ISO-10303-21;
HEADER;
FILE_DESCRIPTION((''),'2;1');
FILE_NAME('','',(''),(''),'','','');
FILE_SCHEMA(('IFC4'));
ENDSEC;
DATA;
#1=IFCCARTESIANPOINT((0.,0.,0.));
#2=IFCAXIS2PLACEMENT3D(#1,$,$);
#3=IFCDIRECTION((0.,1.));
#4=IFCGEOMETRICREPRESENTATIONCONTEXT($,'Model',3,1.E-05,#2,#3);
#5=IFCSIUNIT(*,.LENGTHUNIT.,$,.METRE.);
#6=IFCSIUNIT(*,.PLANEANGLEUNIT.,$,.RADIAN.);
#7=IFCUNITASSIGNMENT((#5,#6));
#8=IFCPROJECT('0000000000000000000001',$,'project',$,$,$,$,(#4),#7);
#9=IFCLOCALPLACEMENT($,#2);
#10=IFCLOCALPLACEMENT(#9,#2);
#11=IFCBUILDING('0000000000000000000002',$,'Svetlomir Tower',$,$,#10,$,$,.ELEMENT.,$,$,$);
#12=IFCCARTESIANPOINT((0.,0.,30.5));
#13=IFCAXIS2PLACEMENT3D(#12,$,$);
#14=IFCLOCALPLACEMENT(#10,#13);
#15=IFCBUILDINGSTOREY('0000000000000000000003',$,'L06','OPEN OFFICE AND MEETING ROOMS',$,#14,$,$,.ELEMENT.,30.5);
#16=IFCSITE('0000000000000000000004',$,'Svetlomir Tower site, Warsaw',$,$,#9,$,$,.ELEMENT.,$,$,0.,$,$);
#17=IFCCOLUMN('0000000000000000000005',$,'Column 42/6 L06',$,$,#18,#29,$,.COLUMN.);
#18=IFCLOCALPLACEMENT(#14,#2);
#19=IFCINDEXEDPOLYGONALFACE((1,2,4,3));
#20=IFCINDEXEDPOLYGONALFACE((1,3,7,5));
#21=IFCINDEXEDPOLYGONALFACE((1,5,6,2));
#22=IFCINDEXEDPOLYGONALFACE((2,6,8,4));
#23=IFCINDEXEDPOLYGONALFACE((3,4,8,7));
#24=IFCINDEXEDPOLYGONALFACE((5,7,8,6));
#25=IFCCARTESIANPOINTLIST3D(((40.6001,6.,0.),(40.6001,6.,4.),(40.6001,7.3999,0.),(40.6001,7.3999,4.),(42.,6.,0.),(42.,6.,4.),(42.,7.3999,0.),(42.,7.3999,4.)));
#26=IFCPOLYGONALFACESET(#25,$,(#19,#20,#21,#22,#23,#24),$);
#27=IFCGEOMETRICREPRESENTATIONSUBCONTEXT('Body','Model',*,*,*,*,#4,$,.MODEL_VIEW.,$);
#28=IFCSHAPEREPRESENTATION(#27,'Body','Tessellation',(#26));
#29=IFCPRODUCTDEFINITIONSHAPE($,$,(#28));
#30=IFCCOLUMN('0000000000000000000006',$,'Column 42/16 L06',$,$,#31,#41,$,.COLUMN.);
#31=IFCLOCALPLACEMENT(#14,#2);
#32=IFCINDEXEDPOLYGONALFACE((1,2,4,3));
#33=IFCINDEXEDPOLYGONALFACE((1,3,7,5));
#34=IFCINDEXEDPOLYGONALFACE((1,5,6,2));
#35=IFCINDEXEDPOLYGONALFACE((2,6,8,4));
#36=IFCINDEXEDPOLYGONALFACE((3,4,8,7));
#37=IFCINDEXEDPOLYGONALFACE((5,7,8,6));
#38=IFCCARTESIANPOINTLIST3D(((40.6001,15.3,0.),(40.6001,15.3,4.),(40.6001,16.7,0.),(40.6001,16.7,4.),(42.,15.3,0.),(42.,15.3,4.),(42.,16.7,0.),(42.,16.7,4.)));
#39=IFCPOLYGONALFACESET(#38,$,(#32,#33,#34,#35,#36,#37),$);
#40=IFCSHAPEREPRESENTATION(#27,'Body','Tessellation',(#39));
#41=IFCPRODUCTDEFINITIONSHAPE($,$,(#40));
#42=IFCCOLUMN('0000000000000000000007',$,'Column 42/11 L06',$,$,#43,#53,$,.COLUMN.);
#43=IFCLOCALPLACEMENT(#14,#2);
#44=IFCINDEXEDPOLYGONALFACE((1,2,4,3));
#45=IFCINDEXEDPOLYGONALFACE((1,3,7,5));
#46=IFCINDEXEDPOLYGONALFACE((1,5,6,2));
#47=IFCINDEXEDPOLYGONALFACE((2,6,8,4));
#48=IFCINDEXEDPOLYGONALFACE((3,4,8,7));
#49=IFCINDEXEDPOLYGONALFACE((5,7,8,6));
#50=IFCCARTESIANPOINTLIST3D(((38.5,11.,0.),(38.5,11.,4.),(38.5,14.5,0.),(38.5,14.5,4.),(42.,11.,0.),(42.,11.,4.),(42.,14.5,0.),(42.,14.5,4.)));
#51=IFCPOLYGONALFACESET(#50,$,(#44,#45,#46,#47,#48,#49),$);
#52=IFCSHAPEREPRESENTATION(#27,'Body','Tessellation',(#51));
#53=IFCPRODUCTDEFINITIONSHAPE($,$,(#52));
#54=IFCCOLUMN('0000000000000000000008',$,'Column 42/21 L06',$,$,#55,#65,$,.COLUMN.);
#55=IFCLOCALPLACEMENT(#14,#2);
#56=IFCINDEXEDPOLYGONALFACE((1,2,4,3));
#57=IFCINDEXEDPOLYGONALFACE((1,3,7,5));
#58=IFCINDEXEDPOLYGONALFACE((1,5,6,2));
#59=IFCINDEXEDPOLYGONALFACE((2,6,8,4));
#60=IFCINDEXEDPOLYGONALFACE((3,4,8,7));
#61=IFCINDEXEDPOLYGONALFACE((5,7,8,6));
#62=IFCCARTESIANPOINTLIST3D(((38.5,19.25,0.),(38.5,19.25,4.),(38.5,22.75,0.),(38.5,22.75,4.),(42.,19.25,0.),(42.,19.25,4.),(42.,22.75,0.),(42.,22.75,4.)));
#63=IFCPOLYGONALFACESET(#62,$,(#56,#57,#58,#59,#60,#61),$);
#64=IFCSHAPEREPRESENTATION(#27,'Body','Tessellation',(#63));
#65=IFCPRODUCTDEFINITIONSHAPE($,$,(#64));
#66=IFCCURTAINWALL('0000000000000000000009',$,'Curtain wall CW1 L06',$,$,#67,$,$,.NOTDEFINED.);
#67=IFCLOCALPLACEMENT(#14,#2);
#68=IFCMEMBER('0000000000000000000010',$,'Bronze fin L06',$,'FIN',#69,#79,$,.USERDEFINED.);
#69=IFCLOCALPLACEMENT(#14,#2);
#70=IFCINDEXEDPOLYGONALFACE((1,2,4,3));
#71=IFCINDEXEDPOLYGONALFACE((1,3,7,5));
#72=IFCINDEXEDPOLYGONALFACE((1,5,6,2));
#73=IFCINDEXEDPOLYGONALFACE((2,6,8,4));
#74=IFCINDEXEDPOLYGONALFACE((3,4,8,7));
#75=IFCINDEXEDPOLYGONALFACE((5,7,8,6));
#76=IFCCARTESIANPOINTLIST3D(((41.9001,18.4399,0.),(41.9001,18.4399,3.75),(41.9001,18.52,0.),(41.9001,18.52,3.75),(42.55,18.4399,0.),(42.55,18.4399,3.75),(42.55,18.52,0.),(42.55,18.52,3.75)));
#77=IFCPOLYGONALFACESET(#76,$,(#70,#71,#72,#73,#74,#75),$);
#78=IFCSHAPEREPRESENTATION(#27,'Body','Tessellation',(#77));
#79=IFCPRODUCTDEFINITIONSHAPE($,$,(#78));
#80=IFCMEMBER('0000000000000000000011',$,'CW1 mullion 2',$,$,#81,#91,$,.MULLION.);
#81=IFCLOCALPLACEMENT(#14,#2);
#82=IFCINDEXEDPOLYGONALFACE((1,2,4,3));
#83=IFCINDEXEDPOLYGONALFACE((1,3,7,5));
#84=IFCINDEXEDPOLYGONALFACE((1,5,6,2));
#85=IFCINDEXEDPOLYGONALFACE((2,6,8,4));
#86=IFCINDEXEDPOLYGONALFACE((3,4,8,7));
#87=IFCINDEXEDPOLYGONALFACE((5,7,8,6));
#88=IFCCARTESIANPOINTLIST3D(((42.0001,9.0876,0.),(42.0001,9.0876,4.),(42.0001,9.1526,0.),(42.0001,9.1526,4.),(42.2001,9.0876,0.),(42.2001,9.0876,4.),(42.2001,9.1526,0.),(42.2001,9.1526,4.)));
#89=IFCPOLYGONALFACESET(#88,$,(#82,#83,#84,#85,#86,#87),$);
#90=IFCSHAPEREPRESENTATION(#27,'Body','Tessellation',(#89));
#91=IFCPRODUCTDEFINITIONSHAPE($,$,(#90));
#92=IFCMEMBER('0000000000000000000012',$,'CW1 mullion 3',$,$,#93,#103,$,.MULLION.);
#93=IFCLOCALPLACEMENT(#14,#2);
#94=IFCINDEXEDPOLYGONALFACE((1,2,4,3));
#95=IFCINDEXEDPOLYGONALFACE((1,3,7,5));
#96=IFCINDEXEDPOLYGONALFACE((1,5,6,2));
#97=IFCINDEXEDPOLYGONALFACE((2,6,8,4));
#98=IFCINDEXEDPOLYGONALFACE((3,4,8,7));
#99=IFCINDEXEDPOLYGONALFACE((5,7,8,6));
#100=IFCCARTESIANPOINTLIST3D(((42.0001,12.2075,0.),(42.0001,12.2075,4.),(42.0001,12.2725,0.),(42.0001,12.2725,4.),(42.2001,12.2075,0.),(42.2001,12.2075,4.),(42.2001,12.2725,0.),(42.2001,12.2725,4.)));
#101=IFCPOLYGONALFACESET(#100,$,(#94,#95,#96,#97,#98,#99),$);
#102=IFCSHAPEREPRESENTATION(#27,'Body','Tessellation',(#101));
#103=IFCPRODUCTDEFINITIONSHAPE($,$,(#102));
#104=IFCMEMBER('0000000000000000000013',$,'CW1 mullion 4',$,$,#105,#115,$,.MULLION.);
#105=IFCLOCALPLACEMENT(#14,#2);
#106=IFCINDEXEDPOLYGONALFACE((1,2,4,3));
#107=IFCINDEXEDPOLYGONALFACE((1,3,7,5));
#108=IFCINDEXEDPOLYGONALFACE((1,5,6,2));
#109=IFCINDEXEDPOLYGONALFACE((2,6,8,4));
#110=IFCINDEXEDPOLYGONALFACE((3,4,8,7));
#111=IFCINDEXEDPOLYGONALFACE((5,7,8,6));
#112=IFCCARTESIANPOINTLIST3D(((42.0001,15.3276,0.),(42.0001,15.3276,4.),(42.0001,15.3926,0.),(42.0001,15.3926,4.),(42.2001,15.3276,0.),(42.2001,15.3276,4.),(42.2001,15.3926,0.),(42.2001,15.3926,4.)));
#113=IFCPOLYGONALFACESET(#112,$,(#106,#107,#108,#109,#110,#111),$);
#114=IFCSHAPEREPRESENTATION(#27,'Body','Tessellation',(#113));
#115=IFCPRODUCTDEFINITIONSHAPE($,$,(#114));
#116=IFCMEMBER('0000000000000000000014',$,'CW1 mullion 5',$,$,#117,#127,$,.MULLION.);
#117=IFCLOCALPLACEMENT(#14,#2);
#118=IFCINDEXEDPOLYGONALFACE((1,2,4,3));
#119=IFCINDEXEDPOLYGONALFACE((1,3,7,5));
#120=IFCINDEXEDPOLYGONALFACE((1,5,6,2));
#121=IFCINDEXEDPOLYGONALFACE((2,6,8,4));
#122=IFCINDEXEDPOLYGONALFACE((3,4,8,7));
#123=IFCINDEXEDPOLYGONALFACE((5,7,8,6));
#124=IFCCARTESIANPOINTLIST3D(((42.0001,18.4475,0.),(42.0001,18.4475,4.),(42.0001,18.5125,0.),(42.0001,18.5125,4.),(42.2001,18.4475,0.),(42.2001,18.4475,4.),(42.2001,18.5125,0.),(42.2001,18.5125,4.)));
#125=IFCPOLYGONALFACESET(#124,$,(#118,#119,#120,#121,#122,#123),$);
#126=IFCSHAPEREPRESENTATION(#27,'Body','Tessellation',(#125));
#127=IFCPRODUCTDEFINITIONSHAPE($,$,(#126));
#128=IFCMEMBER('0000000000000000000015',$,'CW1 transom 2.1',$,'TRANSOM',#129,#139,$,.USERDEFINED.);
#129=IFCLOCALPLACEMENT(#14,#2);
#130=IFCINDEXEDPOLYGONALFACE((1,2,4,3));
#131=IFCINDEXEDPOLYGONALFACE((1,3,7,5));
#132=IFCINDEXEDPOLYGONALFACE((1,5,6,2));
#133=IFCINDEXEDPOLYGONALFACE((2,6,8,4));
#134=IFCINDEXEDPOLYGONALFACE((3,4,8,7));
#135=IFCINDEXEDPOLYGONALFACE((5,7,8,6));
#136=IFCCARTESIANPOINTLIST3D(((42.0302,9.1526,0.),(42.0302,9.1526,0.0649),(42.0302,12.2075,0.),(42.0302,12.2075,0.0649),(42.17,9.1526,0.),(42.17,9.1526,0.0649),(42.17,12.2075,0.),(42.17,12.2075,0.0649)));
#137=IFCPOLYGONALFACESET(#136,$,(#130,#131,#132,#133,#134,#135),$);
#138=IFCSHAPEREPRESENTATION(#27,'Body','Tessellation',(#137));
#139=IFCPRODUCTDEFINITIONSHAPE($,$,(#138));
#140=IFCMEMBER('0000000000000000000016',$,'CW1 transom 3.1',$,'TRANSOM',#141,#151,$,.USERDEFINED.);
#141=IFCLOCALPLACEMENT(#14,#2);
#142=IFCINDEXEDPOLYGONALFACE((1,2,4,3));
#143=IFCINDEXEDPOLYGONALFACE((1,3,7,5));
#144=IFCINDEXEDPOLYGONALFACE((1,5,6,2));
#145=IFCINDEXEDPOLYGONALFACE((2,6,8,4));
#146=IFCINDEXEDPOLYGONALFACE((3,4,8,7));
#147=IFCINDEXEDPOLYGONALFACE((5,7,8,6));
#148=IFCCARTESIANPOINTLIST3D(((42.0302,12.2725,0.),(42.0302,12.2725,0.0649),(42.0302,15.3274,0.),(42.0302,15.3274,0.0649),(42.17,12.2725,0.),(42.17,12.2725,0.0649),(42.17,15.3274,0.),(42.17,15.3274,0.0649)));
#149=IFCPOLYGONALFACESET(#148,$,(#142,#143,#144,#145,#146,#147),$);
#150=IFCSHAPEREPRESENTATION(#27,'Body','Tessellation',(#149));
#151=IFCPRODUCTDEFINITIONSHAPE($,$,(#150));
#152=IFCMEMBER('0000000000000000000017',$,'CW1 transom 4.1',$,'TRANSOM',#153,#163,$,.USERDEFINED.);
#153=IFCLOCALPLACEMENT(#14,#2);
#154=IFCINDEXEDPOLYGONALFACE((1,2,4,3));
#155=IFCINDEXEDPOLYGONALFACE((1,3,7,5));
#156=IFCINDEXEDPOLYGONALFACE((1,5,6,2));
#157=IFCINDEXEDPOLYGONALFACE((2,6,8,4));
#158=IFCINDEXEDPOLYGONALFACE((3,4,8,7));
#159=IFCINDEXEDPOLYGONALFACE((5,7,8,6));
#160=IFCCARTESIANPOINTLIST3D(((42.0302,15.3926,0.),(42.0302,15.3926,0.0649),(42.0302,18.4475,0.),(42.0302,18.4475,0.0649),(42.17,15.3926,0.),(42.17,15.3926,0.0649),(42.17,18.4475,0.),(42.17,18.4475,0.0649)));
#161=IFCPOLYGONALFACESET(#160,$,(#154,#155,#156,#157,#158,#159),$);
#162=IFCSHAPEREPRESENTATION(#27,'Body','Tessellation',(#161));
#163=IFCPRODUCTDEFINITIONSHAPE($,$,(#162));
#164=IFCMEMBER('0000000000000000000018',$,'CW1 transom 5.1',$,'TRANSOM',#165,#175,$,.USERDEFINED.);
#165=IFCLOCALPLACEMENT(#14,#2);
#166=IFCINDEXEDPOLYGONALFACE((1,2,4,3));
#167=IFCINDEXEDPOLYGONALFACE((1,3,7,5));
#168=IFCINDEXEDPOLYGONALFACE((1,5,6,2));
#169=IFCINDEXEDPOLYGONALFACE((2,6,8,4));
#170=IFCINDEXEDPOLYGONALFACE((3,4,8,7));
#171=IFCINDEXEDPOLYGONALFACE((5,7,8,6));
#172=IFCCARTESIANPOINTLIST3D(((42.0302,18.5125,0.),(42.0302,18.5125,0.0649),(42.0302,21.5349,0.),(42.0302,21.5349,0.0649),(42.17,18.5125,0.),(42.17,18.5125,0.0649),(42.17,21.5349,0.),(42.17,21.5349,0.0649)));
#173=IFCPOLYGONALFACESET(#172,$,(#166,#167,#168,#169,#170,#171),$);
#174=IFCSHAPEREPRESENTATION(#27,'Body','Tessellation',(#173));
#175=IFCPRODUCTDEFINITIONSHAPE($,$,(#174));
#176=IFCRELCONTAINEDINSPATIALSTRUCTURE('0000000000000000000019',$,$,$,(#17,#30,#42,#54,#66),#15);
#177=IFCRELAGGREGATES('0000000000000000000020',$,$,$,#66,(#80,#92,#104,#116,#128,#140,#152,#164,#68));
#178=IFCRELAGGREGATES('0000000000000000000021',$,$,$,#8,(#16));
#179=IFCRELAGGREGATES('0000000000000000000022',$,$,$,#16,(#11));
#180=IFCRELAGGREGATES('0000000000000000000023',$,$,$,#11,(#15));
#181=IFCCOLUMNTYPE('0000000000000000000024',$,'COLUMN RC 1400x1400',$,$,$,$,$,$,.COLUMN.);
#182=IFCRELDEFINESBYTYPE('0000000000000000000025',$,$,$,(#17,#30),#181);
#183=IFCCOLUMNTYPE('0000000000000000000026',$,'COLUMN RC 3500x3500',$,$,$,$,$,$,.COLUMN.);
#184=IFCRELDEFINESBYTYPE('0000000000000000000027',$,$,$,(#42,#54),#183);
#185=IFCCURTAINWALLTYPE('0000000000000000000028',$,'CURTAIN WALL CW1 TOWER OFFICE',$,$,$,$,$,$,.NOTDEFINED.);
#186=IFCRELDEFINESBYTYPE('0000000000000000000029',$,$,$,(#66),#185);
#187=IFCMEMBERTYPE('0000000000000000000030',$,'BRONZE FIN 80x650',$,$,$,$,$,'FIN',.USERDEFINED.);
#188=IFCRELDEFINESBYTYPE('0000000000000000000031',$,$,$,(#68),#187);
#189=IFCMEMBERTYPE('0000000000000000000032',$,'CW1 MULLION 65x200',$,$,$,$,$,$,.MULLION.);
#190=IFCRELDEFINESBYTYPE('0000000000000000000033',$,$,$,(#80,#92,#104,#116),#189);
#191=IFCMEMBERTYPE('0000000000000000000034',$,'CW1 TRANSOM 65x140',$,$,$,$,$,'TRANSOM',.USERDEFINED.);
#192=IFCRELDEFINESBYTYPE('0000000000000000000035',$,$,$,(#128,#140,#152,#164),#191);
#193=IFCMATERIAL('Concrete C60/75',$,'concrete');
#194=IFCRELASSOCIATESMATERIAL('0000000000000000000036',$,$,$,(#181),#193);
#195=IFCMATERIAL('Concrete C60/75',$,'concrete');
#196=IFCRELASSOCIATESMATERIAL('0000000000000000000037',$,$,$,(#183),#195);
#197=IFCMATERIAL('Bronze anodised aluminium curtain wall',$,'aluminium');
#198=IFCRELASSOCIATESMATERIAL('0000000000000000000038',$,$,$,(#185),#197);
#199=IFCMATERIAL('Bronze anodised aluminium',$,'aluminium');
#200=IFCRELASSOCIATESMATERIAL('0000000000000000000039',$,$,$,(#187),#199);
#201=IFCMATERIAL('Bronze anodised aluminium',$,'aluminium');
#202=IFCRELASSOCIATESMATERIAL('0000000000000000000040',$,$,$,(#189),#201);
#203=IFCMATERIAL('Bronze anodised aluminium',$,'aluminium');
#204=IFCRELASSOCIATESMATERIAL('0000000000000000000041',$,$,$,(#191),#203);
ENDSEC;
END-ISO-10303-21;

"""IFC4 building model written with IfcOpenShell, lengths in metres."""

from ifc_helpers import new_model, si_unit, direction, frame, origin, origin_2d, place, context, subcontext, project, spatial, rectangle, extrude, material, material_profile, profile_set, type_object, element, aggregate, save


model = new_model("IFC4")

# Units and contexts
model_context = context("Model", 3, precision=1e-05, world=origin(), true_north=direction((0.0, 1.0)))
body_context = subcontext(model_context, "Body", "Model", "MODEL_VIEW")
ifc_project = project(units=[si_unit("LENGTHUNIT", "METRE"), si_unit("PLANEANGLEUNIT", "RADIAN")], contexts=[model_context])

# Site, building, storey
site_placement = place(None, origin())
site = spatial("IfcSite", under=ifc_project, at=site_placement, Name="Svetlomir Tower site, Warsaw", CompositionType="ELEMENT", RefElevation=0.0)
building_placement = place(site_placement, origin())
building = spatial("IfcBuilding", under=site, at=building_placement, Name="Svetlomir Tower", CompositionType="ELEMENT")
storey_placement = place(building_placement, frame((0.0, 0.0, 30.5)))
storey = spatial("IfcBuildingStorey", under=building, at=storey_placement, Name="L06", Description="OPEN OFFICE AND MEETING ROOMS", CompositionType="ELEMENT", Elevation=30.5)

# Columns
ifc_material_1 = material(Name="Concrete C60/75", Category="concrete")
ifc_material_profile_1 = material_profile(ifc_material_1, rectangle(XDim=1.3999, YDim=1.3999, at=origin_2d()), Name="RC 1400x1400")
ifc_profile_set_1 = profile_set([ifc_material_profile_1], Name="Concrete C60/75")
column_type_1 = type_object("IfcColumnType", Name="COLUMN RC 1400x1400", PredefinedType="COLUMN", material=ifc_profile_set_1)
for number, where, z_axis, x_axis, name in (
    (1, (41.3, 6.7, 0.0), (0.0, 0.0, 1.0), (1.0, 0.0, 0.0), "Column 42/6 L06"),
    (2, (41.3, 16.0, 0.0), (0.0, 0.0, 1.0), (1.0, 0.0, 0.0), "Column 42/16 L06"),
):
    element("IfcColumn", number, at=place(storey_placement, frame(where, z_axis=z_axis, x_axis=x_axis)), inside=storey, type_object=column_type_1, Name=name, PredefinedType="COLUMN", context=body_context, shape_type="SweptSolid", body=[
        extrude(rectangle(XDim=1.3999, YDim=1.3999, at=origin_2d()), origin(), (0.0, 0.0, 1.0), 4.0),
    ])
ifc_material_2 = material(Name="Concrete C60/75", Category="concrete")
ifc_material_profile_2 = material_profile(ifc_material_2, rectangle(XDim=3.5, YDim=3.5, at=origin_2d()), Name="RC 3500x3500")
ifc_profile_set_2 = profile_set([ifc_material_profile_2], Name="Concrete C60/75")
column_type_2 = type_object("IfcColumnType", Name="COLUMN RC 3500x3500", PredefinedType="COLUMN", material=ifc_profile_set_2)
for number, where, z_axis, x_axis, name in (
    (3, (40.25, 12.75, 0.0), (0.0, 0.0, 1.0), (1.0, 0.0, 0.0), "Column 42/11 L06"),
    (4, (40.25, 21.0, 0.0), (0.0, 0.0, 1.0), (1.0, 0.0, 0.0), "Column 42/21 L06"),
):
    element("IfcColumn", number, at=place(storey_placement, frame(where, z_axis=z_axis, x_axis=x_axis)), inside=storey, type_object=column_type_2, Name=name, PredefinedType="COLUMN", context=body_context, shape_type="SweptSolid", body=[
        extrude(rectangle(XDim=3.5, YDim=3.5, at=origin_2d()), origin(), (0.0, 0.0, 1.0), 4.0),
    ])

# Curtain wall, members
ifc_material_3 = material(Name="Bronze anodised aluminium curtain wall", Category="aluminium")
curtain_wall_type = type_object("IfcCurtainWallType", Name="CURTAIN WALL CW1 TOWER OFFICE", PredefinedType="NOTDEFINED", material=ifc_material_3)
curtain_wall_placement = place(storey_placement, origin())
curtain_wall = element("IfcCurtainWall", 5, at=curtain_wall_placement, inside=storey, type_object=curtain_wall_type, Name="Curtain wall CW1 L06", PredefinedType="NOTDEFINED")
ifc_material_4 = material(Name="Bronze anodised aluminium", Category="aluminium")
ifc_material_profile_3 = material_profile(ifc_material_4, rectangle(XDim=0.0801, YDim=0.6499, at=origin_2d()), Name="FIN 80x650")
ifc_profile_set_3 = profile_set([ifc_material_profile_3], Name="Bronze anodised aluminium 6063-T6")
member_type_1 = type_object("IfcMemberType", Name="BRONZE FIN 80x650", ElementType="FIN", PredefinedType="USERDEFINED", material=ifc_profile_set_3)
member_1_placement = place(storey_placement, frame((42.2251, 18.48, 0.0), z_axis=(0.0, 0.0, 1.0), x_axis=(0.0, 1.0, 0.0)))
member_1 = element("IfcMember", 6, at=member_1_placement, type_object=member_type_1, Name="Bronze fin L06", ObjectType="FIN", PredefinedType="USERDEFINED", context=body_context, shape_type="SweptSolid", body=[
    extrude(rectangle(XDim=0.0801, YDim=0.6499, at=origin_2d()), origin(), (0.0, 0.0, 1.0), 3.75),
])
ifc_material_5 = material(Name="Bronze anodised aluminium", Category="aluminium")
ifc_material_profile_4 = material_profile(ifc_material_5, rectangle(XDim=0.0649, YDim=0.2, at=origin_2d()), Name="AL 65x200")
ifc_profile_set_4 = profile_set([ifc_material_profile_4], Name="Bronze anodised aluminium 6063-T6")
member_type_2 = type_object("IfcMemberType", Name="CW1 MULLION 65x200", PredefinedType="MULLION", material=ifc_profile_set_4)
member_2_placement = place(storey_placement, frame((42.1001, 9.1201, 0.0), z_axis=(0.0, 0.0, 1.0), x_axis=(0.0, 1.0, 0.0)))
member_2 = element("IfcMember", 7, at=member_2_placement, type_object=member_type_2, Name="CW1 mullion 2", PredefinedType="MULLION", context=body_context, shape_type="SweptSolid", body=[
    extrude(rectangle(XDim=0.0649, YDim=0.2, at=origin_2d()), origin(), (0.0, 0.0, 1.0), 4.0),
])
member_3_placement = place(storey_placement, frame((42.1001, 12.24, 0.0), z_axis=(0.0, 0.0, 1.0), x_axis=(0.0, 1.0, 0.0)))
member_3 = element("IfcMember", 8, at=member_3_placement, type_object=member_type_2, Name="CW1 mullion 3", PredefinedType="MULLION", context=body_context, shape_type="SweptSolid", body=[
    extrude(rectangle(XDim=0.0649, YDim=0.2, at=origin_2d()), origin(), (0.0, 0.0, 1.0), 4.0),
])
member_4_placement = place(storey_placement, frame((42.1001, 15.3601, 0.0), z_axis=(0.0, 0.0, 1.0), x_axis=(0.0, 1.0, 0.0)))
member_4 = element("IfcMember", 9, at=member_4_placement, type_object=member_type_2, Name="CW1 mullion 4", PredefinedType="MULLION", context=body_context, shape_type="SweptSolid", body=[
    extrude(rectangle(XDim=0.0649, YDim=0.2, at=origin_2d()), origin(), (0.0, 0.0, 1.0), 4.0),
])
member_5_placement = place(storey_placement, frame((42.1001, 18.48, 0.0), z_axis=(0.0, 0.0, 1.0), x_axis=(0.0, 1.0, 0.0)))
member_5 = element("IfcMember", 10, at=member_5_placement, type_object=member_type_2, Name="CW1 mullion 5", PredefinedType="MULLION", context=body_context, shape_type="SweptSolid", body=[
    extrude(rectangle(XDim=0.0649, YDim=0.2, at=origin_2d()), origin(), (0.0, 0.0, 1.0), 4.0),
])
ifc_material_6 = material(Name="Bronze anodised aluminium", Category="aluminium")
ifc_material_profile_5 = material_profile(ifc_material_6, rectangle(XDim=0.1399, YDim=0.0649, at=origin_2d()), Name="AL 140x65")
ifc_profile_set_5 = profile_set([ifc_material_profile_5], Name="Bronze anodised aluminium 6063-T6")
member_type_3 = type_object("IfcMemberType", Name="CW1 TRANSOM 65x140", ElementType="TRANSOM", PredefinedType="USERDEFINED", material=ifc_profile_set_5)
member_6_placement = place(storey_placement, frame((42.1001, 9.1526, 0.0325), z_axis=(0.0, 1.0, 0.0), x_axis=(-1.0, 0.0, 0.0)))
member_6 = element("IfcMember", 11, at=member_6_placement, type_object=member_type_3, Name="CW1 transom 2.1", ObjectType="TRANSOM", PredefinedType="USERDEFINED", context=body_context, shape_type="SweptSolid", body=[
    extrude(rectangle(XDim=0.1399, YDim=0.0649, at=origin_2d()), origin(), (0.0, 0.0, 1.0), 3.0549),
])
member_7_placement = place(storey_placement, frame((42.1001, 12.2725, 0.0325), z_axis=(0.0, 1.0, 0.0), x_axis=(-1.0, 0.0, 0.0)))
member_7 = element("IfcMember", 12, at=member_7_placement, type_object=member_type_3, Name="CW1 transom 3.1", ObjectType="TRANSOM", PredefinedType="USERDEFINED", context=body_context, shape_type="SweptSolid", body=[
    extrude(rectangle(XDim=0.1399, YDim=0.0649, at=origin_2d()), origin(), (0.0, 0.0, 1.0), 3.0549),
])
member_8_placement = place(storey_placement, frame((42.1001, 15.3926, 0.0325), z_axis=(0.0, 1.0, 0.0), x_axis=(-1.0, 0.0, 0.0)))
member_8 = element("IfcMember", 13, at=member_8_placement, type_object=member_type_3, Name="CW1 transom 4.1", ObjectType="TRANSOM", PredefinedType="USERDEFINED", context=body_context, shape_type="SweptSolid", body=[
    extrude(rectangle(XDim=0.1399, YDim=0.0649, at=origin_2d()), origin(), (0.0, 0.0, 1.0), 3.0549),
])
member_9_placement = place(storey_placement, frame((42.1001, 18.5125, 0.0325), z_axis=(0.0, 1.0, 0.0), x_axis=(-1.0, 0.0, 0.0)))
member_9 = element("IfcMember", 14, at=member_9_placement, type_object=member_type_3, Name="CW1 transom 5.1", ObjectType="TRANSOM", PredefinedType="USERDEFINED", context=body_context, shape_type="SweptSolid", body=[
    extrude(rectangle(XDim=0.1399, YDim=0.0649, at=origin_2d()), origin(), (0.0, 0.0, 1.0), 3.0225),
])

aggregate(curtain_wall, [member_2, member_3, member_4, member_5, member_6, member_7, member_8, member_9, member_1])

save(model, "model.ifc")
